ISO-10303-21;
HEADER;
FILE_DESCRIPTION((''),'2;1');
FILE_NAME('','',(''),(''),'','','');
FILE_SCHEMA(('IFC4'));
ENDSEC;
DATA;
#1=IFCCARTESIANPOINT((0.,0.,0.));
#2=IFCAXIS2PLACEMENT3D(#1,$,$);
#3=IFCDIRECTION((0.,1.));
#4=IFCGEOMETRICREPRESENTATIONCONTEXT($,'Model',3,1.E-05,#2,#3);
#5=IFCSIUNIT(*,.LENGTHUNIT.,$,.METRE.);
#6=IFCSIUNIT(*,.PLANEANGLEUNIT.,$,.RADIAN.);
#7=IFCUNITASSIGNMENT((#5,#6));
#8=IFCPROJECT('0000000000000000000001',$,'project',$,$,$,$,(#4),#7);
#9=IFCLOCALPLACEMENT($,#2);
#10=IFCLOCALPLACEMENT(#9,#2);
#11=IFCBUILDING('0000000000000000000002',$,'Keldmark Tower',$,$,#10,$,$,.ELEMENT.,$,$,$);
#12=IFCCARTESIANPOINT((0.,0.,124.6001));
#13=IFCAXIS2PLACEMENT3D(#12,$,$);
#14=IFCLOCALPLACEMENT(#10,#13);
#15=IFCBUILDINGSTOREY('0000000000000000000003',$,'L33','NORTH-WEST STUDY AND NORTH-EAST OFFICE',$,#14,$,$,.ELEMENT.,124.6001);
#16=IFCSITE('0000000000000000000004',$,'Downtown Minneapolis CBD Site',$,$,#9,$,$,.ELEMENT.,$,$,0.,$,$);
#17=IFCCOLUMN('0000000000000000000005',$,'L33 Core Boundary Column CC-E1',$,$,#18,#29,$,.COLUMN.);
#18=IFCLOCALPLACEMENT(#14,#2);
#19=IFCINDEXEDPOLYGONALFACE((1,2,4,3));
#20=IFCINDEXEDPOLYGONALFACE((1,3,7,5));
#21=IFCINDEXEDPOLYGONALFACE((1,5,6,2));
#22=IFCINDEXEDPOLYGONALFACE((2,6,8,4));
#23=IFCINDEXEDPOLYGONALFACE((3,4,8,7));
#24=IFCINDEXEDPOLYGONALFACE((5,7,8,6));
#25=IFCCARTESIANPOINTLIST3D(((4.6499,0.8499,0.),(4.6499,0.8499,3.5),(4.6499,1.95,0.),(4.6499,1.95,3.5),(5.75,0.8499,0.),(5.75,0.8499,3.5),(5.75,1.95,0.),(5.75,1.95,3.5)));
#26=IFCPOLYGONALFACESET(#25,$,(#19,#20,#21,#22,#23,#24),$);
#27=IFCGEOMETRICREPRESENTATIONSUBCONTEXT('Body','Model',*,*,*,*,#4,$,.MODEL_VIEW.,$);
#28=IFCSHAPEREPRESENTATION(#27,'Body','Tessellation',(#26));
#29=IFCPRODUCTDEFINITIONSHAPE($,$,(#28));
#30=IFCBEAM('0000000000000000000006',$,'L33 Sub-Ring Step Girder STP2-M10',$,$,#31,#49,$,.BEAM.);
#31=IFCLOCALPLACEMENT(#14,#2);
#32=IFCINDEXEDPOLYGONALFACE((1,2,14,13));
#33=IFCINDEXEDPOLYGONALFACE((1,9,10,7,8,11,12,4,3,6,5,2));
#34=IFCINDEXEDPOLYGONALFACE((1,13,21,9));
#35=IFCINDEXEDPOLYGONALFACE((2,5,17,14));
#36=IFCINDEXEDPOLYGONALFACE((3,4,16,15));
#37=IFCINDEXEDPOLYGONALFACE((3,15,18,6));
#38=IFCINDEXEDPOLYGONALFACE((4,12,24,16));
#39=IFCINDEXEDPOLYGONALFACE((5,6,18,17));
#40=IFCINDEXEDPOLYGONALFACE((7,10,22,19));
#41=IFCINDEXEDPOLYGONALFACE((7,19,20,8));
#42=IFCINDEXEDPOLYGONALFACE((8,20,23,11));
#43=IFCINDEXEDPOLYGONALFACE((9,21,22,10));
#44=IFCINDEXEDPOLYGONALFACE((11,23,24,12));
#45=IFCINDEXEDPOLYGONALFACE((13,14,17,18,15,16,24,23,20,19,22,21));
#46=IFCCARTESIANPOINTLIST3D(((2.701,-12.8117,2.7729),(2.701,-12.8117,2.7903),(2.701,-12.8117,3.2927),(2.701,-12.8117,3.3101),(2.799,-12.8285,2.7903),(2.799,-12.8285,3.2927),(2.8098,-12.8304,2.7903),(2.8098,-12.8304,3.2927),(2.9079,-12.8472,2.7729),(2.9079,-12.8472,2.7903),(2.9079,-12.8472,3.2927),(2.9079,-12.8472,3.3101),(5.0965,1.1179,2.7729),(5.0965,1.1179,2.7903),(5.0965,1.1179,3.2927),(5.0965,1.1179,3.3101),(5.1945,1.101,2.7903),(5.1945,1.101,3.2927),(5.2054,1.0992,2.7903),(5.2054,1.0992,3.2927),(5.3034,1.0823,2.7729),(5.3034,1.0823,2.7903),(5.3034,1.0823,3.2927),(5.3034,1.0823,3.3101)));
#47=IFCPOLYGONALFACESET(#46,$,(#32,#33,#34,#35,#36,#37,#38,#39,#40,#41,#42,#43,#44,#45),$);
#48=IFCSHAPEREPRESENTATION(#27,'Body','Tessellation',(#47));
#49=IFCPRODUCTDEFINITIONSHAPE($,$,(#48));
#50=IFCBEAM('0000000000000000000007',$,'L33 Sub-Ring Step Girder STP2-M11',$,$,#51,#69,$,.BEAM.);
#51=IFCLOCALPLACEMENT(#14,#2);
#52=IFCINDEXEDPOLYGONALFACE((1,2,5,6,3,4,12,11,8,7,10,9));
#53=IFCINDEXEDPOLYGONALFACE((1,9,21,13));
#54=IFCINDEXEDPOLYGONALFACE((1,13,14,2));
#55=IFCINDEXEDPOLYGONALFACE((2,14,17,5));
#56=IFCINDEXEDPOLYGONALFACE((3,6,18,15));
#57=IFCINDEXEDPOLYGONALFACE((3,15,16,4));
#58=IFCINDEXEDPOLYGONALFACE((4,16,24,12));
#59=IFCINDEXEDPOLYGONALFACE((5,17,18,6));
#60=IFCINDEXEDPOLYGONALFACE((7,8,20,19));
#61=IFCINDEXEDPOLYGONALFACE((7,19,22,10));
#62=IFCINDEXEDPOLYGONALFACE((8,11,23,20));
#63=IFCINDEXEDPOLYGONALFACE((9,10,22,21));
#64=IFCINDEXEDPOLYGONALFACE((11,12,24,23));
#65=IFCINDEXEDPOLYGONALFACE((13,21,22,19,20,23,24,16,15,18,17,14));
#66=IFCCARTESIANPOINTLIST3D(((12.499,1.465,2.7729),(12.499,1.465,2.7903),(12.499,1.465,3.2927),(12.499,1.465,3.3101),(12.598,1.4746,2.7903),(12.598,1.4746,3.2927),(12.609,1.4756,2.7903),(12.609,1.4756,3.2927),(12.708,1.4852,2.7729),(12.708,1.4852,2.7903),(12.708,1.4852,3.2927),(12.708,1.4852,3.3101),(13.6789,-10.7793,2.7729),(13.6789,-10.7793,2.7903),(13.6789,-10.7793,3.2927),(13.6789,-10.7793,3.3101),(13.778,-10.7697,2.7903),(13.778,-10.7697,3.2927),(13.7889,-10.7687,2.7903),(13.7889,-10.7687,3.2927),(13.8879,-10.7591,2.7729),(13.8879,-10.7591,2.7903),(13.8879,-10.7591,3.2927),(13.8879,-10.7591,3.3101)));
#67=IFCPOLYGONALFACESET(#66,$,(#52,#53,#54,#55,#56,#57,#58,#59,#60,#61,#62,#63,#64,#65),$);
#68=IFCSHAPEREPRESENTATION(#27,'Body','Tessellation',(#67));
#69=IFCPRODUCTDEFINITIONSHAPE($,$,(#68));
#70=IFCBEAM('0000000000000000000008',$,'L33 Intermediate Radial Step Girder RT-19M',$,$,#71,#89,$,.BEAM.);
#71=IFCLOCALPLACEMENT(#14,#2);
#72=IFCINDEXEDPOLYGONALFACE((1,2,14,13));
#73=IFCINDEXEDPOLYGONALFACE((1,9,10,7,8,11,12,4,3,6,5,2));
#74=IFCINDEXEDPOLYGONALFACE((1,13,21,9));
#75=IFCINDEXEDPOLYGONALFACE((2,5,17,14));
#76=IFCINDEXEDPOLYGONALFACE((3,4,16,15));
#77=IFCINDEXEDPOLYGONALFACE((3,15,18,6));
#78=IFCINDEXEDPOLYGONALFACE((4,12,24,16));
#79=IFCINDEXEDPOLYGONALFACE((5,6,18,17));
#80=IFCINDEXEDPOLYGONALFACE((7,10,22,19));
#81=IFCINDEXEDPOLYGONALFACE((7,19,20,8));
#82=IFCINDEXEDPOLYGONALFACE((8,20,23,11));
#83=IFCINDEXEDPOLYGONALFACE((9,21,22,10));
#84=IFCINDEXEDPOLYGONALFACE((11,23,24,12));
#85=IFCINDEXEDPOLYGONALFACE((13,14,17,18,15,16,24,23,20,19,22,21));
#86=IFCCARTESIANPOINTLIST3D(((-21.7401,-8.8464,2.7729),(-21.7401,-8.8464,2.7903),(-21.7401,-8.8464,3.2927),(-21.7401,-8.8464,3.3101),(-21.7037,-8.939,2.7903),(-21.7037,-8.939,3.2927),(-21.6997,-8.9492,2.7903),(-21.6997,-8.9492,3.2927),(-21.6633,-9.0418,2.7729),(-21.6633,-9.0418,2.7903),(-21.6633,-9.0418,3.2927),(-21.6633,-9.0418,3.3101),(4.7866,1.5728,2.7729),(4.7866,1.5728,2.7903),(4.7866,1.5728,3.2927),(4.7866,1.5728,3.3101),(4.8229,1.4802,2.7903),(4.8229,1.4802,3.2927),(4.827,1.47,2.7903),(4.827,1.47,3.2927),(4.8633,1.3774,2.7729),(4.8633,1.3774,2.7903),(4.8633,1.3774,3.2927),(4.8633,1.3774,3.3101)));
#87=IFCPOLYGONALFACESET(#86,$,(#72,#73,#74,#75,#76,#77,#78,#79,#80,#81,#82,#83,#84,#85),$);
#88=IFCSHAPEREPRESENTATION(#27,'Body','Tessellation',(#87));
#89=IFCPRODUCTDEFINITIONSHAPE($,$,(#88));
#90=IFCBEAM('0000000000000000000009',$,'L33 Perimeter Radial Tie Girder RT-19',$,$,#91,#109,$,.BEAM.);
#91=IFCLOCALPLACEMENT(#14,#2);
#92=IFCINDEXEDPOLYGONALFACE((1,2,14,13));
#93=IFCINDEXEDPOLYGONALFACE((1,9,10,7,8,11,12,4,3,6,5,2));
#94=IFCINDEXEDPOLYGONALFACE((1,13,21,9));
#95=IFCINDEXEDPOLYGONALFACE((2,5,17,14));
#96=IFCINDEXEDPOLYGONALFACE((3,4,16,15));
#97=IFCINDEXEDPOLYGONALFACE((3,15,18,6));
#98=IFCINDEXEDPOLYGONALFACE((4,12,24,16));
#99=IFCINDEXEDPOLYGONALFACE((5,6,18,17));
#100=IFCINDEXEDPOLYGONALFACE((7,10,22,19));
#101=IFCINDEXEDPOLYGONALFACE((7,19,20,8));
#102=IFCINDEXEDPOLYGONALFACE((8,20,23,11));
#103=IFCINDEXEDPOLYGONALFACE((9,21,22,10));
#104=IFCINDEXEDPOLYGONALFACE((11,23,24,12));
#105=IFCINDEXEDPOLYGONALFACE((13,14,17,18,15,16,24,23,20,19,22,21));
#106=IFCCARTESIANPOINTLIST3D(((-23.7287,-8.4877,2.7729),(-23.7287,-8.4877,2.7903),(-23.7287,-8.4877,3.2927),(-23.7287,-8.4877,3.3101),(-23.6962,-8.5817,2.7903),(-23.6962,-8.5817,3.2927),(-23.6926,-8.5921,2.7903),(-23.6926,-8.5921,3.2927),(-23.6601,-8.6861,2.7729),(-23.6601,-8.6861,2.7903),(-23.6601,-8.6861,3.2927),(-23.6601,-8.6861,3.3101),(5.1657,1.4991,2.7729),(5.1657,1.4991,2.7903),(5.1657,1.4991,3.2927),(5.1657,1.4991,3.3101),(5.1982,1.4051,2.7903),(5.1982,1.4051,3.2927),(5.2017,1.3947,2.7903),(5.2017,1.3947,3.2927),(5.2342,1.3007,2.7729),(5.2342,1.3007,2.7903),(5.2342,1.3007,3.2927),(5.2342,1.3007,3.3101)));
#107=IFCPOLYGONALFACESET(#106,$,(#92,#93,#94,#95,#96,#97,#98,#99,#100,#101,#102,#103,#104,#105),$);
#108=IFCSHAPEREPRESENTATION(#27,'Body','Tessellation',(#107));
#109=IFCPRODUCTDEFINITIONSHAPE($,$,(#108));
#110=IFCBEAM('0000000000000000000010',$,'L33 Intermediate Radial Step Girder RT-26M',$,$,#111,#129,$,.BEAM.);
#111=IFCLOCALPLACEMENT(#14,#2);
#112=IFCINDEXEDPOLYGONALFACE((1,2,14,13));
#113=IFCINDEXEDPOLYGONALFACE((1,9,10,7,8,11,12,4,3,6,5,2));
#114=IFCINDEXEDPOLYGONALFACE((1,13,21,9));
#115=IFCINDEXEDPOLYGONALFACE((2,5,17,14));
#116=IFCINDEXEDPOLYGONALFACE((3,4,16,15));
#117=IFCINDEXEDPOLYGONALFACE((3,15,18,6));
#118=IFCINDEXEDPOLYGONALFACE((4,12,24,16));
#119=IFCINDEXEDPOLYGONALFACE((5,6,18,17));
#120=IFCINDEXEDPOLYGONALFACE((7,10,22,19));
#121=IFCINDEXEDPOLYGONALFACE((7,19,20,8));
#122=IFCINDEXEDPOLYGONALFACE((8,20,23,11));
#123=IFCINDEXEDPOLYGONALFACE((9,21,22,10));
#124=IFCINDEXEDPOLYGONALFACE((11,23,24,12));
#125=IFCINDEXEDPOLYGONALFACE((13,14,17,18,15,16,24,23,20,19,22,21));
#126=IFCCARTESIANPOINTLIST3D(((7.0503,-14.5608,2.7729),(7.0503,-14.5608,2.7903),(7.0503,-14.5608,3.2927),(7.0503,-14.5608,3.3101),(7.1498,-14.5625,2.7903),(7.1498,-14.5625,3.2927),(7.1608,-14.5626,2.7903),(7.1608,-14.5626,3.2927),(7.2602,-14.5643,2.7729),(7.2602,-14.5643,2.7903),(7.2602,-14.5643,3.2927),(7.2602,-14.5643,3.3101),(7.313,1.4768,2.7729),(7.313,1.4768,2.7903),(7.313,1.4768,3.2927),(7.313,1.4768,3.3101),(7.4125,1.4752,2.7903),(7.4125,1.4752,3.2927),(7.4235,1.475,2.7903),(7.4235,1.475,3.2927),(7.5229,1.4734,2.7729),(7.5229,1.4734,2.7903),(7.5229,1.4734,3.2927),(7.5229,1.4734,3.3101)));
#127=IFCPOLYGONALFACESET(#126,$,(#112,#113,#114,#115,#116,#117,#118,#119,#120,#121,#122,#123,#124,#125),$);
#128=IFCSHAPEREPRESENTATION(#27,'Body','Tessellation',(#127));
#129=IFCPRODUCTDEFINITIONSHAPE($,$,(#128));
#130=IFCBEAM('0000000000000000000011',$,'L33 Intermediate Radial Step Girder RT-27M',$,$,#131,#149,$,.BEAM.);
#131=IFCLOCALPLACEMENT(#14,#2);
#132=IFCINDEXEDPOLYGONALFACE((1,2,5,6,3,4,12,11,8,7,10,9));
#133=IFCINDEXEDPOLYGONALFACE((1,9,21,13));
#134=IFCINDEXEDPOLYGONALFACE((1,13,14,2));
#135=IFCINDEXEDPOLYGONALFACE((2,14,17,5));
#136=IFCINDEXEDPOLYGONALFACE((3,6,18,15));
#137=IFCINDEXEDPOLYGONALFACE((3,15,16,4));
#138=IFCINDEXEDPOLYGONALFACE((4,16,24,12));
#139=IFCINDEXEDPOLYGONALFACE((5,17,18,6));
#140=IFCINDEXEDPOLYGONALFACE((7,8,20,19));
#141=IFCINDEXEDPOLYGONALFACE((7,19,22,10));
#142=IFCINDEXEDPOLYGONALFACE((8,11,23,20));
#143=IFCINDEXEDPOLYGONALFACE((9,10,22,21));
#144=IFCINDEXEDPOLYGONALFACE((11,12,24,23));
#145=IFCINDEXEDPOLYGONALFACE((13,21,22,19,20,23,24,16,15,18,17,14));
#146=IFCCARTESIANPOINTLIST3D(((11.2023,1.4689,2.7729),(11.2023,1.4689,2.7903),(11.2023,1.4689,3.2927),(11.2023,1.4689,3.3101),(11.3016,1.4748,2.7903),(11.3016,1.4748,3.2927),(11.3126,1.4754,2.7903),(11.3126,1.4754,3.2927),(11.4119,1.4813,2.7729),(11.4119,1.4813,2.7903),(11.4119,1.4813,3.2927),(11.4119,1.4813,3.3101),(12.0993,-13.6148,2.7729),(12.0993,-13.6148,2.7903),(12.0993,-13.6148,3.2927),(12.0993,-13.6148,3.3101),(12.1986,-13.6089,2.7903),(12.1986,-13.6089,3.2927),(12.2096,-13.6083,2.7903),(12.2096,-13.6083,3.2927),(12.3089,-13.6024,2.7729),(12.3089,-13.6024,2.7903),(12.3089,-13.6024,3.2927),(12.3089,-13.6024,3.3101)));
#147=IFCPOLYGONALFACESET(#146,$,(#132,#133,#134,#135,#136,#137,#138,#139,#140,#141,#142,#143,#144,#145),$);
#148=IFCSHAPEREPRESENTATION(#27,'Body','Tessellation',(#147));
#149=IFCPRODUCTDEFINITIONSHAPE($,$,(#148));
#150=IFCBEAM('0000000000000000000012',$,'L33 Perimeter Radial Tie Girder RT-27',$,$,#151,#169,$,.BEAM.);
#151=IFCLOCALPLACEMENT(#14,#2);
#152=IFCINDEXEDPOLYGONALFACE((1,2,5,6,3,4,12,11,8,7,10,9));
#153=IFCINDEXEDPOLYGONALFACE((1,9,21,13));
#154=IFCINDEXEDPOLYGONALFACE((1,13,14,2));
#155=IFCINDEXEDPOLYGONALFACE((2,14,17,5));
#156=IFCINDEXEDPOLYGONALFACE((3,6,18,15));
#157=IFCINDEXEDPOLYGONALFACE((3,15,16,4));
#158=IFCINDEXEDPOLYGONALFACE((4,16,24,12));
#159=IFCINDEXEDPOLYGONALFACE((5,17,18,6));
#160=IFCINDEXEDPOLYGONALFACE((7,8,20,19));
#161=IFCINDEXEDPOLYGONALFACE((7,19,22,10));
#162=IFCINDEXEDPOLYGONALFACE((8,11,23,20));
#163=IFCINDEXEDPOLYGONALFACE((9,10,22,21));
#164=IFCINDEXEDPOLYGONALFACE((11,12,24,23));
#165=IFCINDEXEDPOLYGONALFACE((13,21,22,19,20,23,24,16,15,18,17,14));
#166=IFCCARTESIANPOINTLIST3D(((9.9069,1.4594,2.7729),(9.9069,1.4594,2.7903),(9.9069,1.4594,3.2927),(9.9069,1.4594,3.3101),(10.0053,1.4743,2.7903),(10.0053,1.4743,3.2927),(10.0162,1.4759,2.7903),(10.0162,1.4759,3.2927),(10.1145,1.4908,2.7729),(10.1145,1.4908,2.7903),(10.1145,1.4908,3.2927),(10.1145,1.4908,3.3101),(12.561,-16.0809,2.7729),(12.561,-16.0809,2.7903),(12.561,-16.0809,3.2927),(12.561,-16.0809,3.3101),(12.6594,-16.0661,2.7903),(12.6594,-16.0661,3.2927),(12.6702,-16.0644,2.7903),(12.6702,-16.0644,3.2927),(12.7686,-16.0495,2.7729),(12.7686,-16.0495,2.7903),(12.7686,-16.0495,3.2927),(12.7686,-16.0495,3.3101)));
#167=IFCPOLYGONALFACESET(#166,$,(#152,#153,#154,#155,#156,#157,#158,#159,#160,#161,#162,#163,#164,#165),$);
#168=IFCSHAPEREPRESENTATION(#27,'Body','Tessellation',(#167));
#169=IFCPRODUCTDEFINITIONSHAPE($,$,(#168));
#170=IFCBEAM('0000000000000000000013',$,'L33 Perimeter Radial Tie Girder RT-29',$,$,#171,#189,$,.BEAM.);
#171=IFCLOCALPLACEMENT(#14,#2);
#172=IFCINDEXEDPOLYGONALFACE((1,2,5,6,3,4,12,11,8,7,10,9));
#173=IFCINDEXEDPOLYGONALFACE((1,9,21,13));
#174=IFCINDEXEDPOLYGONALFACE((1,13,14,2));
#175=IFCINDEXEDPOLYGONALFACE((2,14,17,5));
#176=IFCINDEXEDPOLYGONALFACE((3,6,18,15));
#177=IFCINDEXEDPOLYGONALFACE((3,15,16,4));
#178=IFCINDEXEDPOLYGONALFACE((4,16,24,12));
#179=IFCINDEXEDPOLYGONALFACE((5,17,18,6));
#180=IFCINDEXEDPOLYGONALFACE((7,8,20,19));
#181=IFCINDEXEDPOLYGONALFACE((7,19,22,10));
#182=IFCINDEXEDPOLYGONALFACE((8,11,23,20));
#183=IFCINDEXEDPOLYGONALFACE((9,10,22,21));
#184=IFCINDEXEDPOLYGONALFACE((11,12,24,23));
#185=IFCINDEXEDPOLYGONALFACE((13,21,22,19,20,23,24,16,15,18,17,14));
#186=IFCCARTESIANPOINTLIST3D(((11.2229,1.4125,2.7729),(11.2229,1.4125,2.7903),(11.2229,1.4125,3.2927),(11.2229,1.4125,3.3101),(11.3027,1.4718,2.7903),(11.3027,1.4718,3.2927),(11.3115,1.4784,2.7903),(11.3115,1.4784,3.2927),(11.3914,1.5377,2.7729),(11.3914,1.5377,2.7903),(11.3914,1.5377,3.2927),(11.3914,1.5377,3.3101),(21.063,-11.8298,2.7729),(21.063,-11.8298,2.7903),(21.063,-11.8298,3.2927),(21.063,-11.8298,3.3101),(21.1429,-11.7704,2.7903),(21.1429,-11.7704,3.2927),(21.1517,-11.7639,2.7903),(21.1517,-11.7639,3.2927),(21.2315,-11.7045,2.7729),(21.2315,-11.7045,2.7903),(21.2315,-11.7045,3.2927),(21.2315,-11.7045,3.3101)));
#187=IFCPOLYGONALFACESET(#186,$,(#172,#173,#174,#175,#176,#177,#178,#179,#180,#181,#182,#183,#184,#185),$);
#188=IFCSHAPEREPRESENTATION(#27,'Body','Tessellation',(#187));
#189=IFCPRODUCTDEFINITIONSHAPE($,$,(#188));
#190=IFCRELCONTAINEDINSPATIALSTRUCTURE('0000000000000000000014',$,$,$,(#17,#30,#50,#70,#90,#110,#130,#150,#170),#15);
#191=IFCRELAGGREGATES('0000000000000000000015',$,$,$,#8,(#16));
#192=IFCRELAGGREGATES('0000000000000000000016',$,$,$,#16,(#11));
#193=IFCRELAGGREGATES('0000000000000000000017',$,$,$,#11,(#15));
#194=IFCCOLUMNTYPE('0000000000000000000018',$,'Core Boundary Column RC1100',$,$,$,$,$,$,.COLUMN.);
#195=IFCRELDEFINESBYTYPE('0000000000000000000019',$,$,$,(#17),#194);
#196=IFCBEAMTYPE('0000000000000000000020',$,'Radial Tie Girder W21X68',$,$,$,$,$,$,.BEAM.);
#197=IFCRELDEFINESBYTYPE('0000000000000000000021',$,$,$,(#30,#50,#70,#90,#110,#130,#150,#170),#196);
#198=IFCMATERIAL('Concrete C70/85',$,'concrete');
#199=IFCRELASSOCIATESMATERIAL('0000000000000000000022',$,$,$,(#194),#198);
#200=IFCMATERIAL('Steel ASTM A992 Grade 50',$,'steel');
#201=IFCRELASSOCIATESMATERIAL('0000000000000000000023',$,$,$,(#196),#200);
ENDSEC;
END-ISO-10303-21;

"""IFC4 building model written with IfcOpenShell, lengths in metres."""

from ifc_helpers import new_model, si_unit, direction, frame, origin, origin_2d, place, context, subcontext, project, spatial, rectangle, i_section, extrude, material, material_profile, profile_set, type_object, element, save


model = new_model("IFC4")

# Units and contexts
model_context = context("Model", 3, precision=1e-05, world=origin(), true_north=direction((0.0, 1.0)))
body_context = subcontext(model_context, "Body", "Model", "MODEL_VIEW")
ifc_project = project(units=[si_unit("LENGTHUNIT", "METRE"), si_unit("PLANEANGLEUNIT", "RADIAN")], contexts=[model_context])

# Site, building, storey
site_placement = place(None, origin())
site = spatial("IfcSite", under=ifc_project, at=site_placement, Name="Downtown Minneapolis CBD Site", CompositionType="ELEMENT", RefElevation=0.0)
building_placement = place(site_placement, origin())
building = spatial("IfcBuilding", under=site, at=building_placement, Name="Keldmark Tower", CompositionType="ELEMENT")
storey_placement = place(building_placement, frame((0.0, 0.0, 124.6001)))
storey = spatial("IfcBuildingStorey", under=building, at=storey_placement, Name="L33", Description="NORTH-WEST STUDY AND NORTH-EAST OFFICE", CompositionType="ELEMENT", Elevation=124.6001)

# Column
ifc_material_1 = material(Name="Concrete C70/85", Category="concrete")
ifc_material_profile_1 = material_profile(ifc_material_1, rectangle(XDim=1.1001, YDim=1.1001, at=origin_2d()), Name="RC1100X1100")
ifc_profile_set_1 = profile_set([ifc_material_profile_1], Name="Concrete C70/85")
column_type = type_object("IfcColumnType", Name="Core Boundary Column RC1100", PredefinedType="COLUMN", material=ifc_profile_set_1)
column_placement = place(storey_placement, frame((5.2, 1.3999, 0.0), z_axis=(0.0, 0.0, 1.0), x_axis=(1.0, 0.0, 0.0)))
element("IfcColumn", 1, at=column_placement, inside=storey, type_object=column_type, Name="L33 Core Boundary Column CC-E1", PredefinedType="COLUMN", context=body_context, shape_type="SweptSolid", body=[
    extrude(rectangle(XDim=1.1001, YDim=1.1001, at=origin_2d()), origin(), (0.0, 0.0, 1.0), 3.5),
])

# Beams
ifc_material_2 = material(Name="Steel ASTM A992 Grade 50", Category="steel")
ifc_material_profile_2 = material_profile(ifc_material_2, i_section(OverallWidth=0.21, OverallDepth=0.5371, WebThickness=0.011, FlangeThickness=0.0173, at=origin_2d()), Name="W21X68")
ifc_profile_set_2 = profile_set([ifc_material_profile_2], Name="Steel ASTM A992 Grade 50")
beam_type = type_object("IfcBeamType", Name="Radial Tie Girder W21X68", PredefinedType="BEAM", material=ifc_profile_set_2)
beam_1_placement = place(storey_placement, frame((5.2, 1.1001, 3.0415), z_axis=(-0.169486, -0.985533, 0.0), x_axis=(0.985533, -0.169486, 0.0)))
element("IfcBeam", 2, at=beam_1_placement, inside=storey, type_object=beam_type, Name="L33 Sub-Ring Step Girder STP2-M10", PredefinedType="BEAM", context=body_context, shape_type="SweptSolid", body=[
    extrude(i_section(OverallWidth=0.21, OverallDepth=0.5371, WebThickness=0.011, FlangeThickness=0.0173, at=origin_2d()), origin(), (0.0, 0.0, 1.0), 14.134),
])
beam_2_placement = place(storey_placement, frame((12.6035, 1.4751, 3.0415), z_axis=(0.095921, -0.995389, 0.0), x_axis=(0.995389, 0.095921, 0.0)))
element("IfcBeam", 3, at=beam_2_placement, inside=storey, type_object=beam_type, Name="L33 Sub-Ring Step Girder STP2-M11", PredefinedType="BEAM", context=body_context, shape_type="SweptSolid", body=[
    extrude(i_section(OverallWidth=0.21, OverallDepth=0.5371, WebThickness=0.011, FlangeThickness=0.0173, at=origin_2d()), origin(), (0.0, 0.0, 1.0), 12.301),
])
beam_3_placement = place(storey_placement, frame((4.825, 1.4751, 3.0415), z_axis=(-0.930775, -0.365592, 0.0), x_axis=(0.365592, -0.930775, 0.0)))
element("IfcBeam", 4, at=beam_3_placement, inside=storey, type_object=beam_type, Name="L33 Intermediate Radial Step Girder RT-19M", PredefinedType="BEAM", context=body_context, shape_type="SweptSolid", body=[
    extrude(i_section(OverallWidth=0.21, OverallDepth=0.5371, WebThickness=0.011, FlangeThickness=0.0173, at=origin_2d()), origin(), (0.0, 0.0, 1.0), 28.4995),
])
beam_4_placement = place(storey_placement, frame((5.2, 1.3999, 3.0415), z_axis=(-0.945138, -0.326671, 0.0), x_axis=(0.326671, -0.945138, 0.0)))
element("IfcBeam", 5, at=beam_4_placement, inside=storey, type_object=beam_type, Name="L33 Perimeter Radial Tie Girder RT-19", PredefinedType="BEAM", context=body_context, shape_type="SweptSolid", body=[
    extrude(i_section(OverallWidth=0.21, OverallDepth=0.5371, WebThickness=0.011, FlangeThickness=0.0173, at=origin_2d()), origin(), (0.0, 0.0, 1.0), 30.5715),
])
beam_5_placement = place(storey_placement, frame((7.418, 1.4751, 3.0415), z_axis=(-0.016378, -0.999866, 0.0), x_axis=(0.999866, -0.016378, 0.0)))
element("IfcBeam", 6, at=beam_5_placement, inside=storey, type_object=beam_type, Name="L33 Intermediate Radial Step Girder RT-26M", PredefinedType="BEAM", context=body_context, shape_type="SweptSolid", body=[
    extrude(i_section(OverallWidth=0.21, OverallDepth=0.5371, WebThickness=0.011, FlangeThickness=0.0173, at=origin_2d()), origin(), (0.0, 0.0, 1.0), 16.0398),
])
beam_6_placement = place(storey_placement, frame((11.3071, 1.4751, 3.0415), z_axis=(0.059361, -0.998237, 0.0), x_axis=(0.998237, 0.059361, 0.0)))
element("IfcBeam", 7, at=beam_6_placement, inside=storey, type_object=beam_type, Name="L33 Intermediate Radial Step Girder RT-27M", PredefinedType="BEAM", context=body_context, shape_type="SweptSolid", body=[
    extrude(i_section(OverallWidth=0.21, OverallDepth=0.5371, WebThickness=0.011, FlangeThickness=0.0173, at=origin_2d()), origin(), (0.0, 0.0, 1.0), 15.1104),
])
beam_7_placement = place(storey_placement, frame((10.0107, 1.4751, 3.0415), z_axis=(0.149609, -0.988745, 0.0), x_axis=(0.988745, 0.149609, 0.0)))
element("IfcBeam", 8, at=beam_7_placement, inside=storey, type_object=beam_type, Name="L33 Perimeter Radial Tie Girder RT-27", PredefinedType="BEAM", context=body_context, shape_type="SweptSolid", body=[
    extrude(i_section(OverallWidth=0.21, OverallDepth=0.5371, WebThickness=0.011, FlangeThickness=0.0173, at=origin_2d()), origin(), (0.0, 0.0, 1.0), 17.74),
])
beam_8_placement = place(storey_placement, frame((11.3071, 1.4751, 3.0415), z_axis=(0.596443, -0.802656, 0.0), x_axis=(0.802656, 0.596443, 0.0)))
element("IfcBeam", 9, at=beam_8_placement, inside=storey, type_object=beam_type, Name="L33 Perimeter Radial Tie Girder RT-29", PredefinedType="BEAM", context=body_context, shape_type="SweptSolid", body=[
    extrude(i_section(OverallWidth=0.21, OverallDepth=0.5371, WebThickness=0.011, FlangeThickness=0.0173, at=origin_2d()), origin(), (0.0, 0.0, 1.0), 16.498),
])

save(model, "model.ifc")
